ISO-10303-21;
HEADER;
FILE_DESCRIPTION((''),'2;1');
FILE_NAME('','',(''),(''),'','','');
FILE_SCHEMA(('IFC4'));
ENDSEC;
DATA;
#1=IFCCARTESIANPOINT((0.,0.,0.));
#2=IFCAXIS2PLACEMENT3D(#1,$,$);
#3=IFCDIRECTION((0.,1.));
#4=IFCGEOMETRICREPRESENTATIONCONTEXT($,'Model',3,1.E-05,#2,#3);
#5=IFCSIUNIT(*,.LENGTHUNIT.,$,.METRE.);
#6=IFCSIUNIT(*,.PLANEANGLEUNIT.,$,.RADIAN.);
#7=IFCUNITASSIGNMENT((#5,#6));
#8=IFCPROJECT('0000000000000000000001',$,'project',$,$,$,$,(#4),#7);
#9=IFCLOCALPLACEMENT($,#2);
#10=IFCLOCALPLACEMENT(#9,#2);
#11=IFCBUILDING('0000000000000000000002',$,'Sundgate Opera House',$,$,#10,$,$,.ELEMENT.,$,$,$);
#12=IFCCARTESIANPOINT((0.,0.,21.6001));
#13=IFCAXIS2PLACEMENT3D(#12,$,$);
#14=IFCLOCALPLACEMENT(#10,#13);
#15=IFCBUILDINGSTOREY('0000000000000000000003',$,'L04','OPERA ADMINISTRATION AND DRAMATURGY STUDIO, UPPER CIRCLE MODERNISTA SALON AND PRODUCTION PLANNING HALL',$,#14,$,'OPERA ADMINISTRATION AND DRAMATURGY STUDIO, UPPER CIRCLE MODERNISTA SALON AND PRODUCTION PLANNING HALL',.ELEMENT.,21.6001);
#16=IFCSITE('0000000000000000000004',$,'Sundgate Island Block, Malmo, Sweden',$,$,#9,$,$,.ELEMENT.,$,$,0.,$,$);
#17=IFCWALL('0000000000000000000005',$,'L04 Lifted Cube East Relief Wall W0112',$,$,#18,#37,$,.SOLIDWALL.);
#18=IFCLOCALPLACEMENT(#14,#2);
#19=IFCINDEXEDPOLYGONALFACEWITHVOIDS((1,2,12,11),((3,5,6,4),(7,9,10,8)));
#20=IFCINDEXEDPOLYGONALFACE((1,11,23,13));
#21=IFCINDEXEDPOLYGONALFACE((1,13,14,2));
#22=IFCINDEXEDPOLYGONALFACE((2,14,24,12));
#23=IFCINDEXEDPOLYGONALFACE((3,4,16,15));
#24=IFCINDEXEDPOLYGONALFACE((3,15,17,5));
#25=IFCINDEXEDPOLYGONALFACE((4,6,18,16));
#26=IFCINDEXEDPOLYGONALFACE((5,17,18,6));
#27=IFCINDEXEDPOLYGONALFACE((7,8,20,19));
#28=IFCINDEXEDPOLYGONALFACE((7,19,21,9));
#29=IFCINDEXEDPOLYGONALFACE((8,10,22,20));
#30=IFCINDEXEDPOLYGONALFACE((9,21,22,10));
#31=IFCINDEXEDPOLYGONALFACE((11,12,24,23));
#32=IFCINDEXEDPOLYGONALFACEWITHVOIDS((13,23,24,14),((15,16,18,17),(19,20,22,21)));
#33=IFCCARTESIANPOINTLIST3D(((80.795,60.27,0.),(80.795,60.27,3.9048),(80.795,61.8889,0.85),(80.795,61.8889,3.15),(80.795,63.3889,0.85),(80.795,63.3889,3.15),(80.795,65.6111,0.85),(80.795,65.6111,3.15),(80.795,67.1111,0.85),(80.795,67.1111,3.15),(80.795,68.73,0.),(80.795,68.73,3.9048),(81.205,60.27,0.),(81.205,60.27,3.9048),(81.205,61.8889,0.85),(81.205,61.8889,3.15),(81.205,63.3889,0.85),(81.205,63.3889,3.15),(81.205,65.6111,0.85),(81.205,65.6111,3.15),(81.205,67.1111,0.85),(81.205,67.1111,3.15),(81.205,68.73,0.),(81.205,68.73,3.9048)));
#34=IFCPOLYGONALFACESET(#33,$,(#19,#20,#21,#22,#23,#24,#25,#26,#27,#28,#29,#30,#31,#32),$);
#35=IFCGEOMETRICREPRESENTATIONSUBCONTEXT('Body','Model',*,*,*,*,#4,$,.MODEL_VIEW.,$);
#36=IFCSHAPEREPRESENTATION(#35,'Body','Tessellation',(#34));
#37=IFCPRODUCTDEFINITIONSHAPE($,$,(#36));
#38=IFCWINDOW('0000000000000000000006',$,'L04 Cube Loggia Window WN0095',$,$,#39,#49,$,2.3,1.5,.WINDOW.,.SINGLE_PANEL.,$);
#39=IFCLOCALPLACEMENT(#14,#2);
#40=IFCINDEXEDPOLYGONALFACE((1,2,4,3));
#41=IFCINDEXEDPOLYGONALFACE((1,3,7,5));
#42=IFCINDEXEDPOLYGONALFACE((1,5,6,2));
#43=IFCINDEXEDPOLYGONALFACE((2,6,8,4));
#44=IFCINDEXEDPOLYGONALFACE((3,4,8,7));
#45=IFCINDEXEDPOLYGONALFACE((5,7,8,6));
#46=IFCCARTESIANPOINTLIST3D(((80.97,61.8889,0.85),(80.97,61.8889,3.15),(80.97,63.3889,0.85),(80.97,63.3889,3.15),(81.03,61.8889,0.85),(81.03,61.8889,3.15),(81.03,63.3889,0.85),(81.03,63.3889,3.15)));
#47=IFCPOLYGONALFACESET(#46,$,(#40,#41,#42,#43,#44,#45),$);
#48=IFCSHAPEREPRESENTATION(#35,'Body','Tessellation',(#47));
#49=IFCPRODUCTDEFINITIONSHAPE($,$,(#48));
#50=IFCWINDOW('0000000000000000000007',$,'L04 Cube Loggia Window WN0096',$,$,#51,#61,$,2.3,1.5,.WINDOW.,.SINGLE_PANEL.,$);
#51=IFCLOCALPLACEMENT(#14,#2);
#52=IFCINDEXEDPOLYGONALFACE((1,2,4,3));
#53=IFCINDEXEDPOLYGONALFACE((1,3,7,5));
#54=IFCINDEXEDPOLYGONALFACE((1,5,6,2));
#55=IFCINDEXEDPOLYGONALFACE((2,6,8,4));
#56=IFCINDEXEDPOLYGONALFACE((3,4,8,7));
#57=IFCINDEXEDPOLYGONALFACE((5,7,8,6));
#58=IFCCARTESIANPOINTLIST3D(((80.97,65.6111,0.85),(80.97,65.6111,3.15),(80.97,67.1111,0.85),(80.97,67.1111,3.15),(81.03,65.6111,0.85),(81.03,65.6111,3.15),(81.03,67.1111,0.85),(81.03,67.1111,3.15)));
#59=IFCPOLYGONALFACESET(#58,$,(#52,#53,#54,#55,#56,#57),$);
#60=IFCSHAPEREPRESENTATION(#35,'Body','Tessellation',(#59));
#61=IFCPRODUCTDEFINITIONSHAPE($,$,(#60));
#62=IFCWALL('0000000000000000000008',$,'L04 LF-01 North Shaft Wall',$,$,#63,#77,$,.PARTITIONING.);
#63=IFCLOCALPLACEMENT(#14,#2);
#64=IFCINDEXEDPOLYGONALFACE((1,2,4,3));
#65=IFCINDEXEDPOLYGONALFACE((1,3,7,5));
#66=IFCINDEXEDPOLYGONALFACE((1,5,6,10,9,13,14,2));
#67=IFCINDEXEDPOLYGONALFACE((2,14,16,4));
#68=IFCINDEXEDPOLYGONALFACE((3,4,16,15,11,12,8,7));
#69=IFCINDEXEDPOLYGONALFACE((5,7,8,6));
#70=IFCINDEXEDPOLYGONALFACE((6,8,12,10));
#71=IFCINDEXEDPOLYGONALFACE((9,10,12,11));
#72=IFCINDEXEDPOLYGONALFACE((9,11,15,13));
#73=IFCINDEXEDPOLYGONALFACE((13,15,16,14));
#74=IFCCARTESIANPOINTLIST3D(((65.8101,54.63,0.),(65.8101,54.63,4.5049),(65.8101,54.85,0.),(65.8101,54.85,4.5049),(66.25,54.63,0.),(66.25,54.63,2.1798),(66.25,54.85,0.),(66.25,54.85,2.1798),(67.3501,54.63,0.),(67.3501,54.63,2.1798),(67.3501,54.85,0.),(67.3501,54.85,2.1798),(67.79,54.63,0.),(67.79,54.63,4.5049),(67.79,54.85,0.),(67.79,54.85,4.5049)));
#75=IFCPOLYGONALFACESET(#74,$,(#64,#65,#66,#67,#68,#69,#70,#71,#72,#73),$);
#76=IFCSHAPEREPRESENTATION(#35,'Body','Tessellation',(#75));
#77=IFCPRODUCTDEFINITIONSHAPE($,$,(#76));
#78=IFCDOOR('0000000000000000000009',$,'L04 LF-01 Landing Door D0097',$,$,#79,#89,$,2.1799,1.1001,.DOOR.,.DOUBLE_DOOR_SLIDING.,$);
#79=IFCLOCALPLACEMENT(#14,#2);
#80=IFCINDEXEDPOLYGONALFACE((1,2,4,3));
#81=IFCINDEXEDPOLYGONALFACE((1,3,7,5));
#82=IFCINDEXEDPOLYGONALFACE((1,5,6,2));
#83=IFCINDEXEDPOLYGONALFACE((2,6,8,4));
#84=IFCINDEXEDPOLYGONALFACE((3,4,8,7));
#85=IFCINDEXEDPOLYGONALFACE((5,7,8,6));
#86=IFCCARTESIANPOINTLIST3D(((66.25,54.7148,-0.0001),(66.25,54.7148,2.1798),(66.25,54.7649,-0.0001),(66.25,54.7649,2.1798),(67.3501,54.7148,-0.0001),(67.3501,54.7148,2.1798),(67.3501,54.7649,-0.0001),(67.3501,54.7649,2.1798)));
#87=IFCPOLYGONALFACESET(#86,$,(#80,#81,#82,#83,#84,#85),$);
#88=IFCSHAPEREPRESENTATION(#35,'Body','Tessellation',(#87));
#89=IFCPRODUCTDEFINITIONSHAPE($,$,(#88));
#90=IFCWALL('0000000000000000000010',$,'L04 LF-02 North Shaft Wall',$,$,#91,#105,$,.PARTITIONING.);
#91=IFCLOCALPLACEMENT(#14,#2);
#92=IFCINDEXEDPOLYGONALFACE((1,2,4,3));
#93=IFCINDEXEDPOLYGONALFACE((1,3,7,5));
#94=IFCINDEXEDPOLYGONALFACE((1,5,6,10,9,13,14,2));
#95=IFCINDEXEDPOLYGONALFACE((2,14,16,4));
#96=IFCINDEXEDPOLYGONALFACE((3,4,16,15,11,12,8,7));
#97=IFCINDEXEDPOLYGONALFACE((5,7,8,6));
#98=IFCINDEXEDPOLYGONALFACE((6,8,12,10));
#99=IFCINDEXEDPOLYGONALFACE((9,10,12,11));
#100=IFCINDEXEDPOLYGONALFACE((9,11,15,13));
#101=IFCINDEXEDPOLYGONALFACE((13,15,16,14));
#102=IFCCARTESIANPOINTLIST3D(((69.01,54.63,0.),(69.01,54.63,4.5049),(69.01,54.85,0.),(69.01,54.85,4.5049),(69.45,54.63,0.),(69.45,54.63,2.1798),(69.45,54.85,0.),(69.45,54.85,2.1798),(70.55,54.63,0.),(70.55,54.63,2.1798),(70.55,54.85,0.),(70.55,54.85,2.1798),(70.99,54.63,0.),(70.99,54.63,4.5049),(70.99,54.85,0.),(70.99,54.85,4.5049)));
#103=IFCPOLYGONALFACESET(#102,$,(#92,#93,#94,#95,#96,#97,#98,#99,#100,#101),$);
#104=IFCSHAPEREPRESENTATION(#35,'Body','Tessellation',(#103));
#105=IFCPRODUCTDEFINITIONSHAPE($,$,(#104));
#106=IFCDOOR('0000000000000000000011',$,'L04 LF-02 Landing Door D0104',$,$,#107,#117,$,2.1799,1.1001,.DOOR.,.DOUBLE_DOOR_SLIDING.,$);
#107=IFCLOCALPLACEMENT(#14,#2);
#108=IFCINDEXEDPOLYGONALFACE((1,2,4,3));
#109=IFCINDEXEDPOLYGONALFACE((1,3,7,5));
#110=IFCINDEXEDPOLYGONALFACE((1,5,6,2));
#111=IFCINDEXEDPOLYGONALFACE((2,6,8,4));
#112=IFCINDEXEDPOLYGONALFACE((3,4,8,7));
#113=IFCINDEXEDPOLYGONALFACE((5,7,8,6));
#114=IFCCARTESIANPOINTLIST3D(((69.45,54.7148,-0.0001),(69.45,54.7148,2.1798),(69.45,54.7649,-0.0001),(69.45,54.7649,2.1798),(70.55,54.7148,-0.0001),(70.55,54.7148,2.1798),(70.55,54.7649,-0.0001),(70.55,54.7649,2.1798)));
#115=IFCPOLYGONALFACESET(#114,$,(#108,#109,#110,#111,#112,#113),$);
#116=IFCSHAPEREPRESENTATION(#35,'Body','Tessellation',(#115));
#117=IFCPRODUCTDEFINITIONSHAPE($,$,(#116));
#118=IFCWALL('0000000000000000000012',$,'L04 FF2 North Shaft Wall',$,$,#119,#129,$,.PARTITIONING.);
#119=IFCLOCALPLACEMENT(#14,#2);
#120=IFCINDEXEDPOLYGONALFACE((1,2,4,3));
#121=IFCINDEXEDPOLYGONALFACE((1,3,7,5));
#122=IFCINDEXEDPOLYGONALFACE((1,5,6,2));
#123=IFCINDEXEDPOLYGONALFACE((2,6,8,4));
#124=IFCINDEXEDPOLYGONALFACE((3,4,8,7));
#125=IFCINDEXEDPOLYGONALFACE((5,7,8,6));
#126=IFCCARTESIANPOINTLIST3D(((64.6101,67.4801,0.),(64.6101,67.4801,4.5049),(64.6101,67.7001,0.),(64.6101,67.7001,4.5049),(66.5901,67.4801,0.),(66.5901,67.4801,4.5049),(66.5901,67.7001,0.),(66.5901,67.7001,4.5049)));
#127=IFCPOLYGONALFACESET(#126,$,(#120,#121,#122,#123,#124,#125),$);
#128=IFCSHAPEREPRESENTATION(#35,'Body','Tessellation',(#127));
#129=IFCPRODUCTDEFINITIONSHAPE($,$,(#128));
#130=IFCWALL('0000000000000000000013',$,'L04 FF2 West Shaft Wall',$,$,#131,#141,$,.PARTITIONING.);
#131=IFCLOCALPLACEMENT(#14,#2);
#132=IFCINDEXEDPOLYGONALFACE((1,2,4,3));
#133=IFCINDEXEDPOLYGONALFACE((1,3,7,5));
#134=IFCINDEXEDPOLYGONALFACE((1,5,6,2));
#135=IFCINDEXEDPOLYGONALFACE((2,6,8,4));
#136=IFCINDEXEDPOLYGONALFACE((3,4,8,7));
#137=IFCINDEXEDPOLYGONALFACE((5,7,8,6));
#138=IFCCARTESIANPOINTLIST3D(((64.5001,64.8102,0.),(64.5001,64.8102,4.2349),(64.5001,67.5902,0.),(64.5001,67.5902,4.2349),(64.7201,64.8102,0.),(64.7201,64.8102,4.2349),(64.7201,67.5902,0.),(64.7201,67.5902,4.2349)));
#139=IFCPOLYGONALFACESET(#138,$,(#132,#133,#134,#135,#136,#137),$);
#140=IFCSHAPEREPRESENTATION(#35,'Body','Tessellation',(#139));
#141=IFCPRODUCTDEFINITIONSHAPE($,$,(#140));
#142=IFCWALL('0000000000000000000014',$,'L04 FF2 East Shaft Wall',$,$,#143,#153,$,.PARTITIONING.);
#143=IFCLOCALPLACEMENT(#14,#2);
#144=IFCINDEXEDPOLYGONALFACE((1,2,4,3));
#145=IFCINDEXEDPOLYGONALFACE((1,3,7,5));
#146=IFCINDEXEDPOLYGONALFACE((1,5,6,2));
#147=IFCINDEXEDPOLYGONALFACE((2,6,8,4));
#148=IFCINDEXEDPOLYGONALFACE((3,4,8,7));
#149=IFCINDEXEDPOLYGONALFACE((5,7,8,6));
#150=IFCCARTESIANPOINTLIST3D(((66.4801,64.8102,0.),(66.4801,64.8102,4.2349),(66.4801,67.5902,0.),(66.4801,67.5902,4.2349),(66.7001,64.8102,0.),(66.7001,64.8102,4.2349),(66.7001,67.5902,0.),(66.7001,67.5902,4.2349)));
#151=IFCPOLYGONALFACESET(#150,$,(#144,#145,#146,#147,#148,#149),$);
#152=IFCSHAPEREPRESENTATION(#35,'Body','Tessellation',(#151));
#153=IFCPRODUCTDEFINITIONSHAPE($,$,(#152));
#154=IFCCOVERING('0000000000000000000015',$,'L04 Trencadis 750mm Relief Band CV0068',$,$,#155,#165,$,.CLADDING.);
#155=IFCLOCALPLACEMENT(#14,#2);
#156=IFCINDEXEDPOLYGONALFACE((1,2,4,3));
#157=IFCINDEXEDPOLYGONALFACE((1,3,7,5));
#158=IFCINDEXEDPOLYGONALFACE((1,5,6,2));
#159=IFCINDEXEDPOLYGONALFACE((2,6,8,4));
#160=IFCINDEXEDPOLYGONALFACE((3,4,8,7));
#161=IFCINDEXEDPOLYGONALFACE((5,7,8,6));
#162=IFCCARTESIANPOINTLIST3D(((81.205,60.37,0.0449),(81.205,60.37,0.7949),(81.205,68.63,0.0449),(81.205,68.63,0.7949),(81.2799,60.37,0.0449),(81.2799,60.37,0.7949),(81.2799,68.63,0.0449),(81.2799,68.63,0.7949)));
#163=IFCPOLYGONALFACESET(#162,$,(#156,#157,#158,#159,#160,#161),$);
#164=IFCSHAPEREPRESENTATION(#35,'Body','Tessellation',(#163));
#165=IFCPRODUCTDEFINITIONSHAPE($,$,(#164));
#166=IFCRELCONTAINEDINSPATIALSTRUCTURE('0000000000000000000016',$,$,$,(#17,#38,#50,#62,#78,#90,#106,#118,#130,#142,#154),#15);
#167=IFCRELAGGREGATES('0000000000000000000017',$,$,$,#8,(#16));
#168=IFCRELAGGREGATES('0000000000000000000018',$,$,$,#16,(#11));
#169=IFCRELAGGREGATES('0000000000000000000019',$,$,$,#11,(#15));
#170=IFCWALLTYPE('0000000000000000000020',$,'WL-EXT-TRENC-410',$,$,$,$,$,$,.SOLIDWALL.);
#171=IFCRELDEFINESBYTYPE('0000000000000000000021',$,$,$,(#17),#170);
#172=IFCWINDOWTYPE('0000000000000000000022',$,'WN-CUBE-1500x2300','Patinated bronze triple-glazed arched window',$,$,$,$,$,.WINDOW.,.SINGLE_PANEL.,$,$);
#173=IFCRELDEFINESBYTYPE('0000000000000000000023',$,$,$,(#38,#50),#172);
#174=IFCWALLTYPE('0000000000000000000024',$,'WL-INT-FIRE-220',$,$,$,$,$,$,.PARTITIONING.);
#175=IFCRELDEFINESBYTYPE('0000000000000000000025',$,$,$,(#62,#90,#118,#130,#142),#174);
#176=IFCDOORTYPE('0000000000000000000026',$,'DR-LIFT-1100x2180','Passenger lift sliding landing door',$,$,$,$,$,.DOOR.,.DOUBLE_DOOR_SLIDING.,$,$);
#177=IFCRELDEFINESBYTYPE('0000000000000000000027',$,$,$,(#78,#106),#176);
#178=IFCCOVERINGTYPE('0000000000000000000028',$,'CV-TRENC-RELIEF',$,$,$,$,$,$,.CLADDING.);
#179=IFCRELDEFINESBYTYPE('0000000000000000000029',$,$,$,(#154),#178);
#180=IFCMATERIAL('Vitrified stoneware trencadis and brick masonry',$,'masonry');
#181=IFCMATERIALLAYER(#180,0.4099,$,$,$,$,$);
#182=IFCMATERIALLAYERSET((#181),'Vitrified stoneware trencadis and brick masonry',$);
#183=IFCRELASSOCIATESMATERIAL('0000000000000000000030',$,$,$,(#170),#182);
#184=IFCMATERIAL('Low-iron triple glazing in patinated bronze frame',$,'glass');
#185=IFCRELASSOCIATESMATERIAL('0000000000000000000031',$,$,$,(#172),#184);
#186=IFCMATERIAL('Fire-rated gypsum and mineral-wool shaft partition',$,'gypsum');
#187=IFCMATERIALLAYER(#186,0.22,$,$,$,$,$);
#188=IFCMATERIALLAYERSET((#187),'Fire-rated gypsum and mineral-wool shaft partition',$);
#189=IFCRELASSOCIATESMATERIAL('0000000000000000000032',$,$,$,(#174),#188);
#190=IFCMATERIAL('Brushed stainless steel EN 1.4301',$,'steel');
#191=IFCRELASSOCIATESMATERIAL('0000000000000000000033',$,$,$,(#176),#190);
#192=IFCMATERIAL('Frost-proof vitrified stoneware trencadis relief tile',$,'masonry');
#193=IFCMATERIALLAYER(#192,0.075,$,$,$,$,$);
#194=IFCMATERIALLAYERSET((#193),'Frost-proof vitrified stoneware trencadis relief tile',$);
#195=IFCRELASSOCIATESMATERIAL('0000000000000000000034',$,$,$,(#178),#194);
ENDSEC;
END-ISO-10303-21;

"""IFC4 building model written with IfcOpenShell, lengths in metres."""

from ifc_helpers import new_model, si_unit, direction, frame, frame_2d, origin, origin_2d, place, context, subcontext, project, spatial, rectangle, extrude, material, layer, layer_set, type_object, element, fill, save


model = new_model("IFC4")

# Units and contexts
model_context = context("Model", 3, precision=1e-05, world=origin(), true_north=direction((0.0, 1.0)))
body_context = subcontext(model_context, "Body", "Model", "MODEL_VIEW")
ifc_project = project(units=[si_unit("LENGTHUNIT", "METRE"), si_unit("PLANEANGLEUNIT", "RADIAN")], contexts=[model_context])

# Site, building, storey
site_placement = place(None, origin())
site = spatial("IfcSite", under=ifc_project, at=site_placement, Name="Sundgate Island Block, Malmo, Sweden", CompositionType="ELEMENT", RefElevation=0.0)
building_placement = place(site_placement, origin())
building = spatial("IfcBuilding", under=site, at=building_placement, Name="Sundgate Opera House", CompositionType="ELEMENT")
storey_placement = place(building_placement, frame((0.0, 0.0, 21.6001)))
storey = spatial("IfcBuildingStorey", under=building, at=storey_placement, Name="L04", Description="OPERA ADMINISTRATION AND DRAMATURGY STUDIO, UPPER CIRCLE MODERNISTA SALON AND PRODUCTION PLANNING HALL", LongName="OPERA ADMINISTRATION AND DRAMATURGY STUDIO, UPPER CIRCLE MODERNISTA SALON AND PRODUCTION PLANNING HALL", CompositionType="ELEMENT", Elevation=21.6001)

# Wall, openings, windows
ifc_material_1 = material(Name="Vitrified stoneware trencadis and brick masonry", Category="masonry")
ifc_layer_1 = layer(ifc_material_1, 0.4099)
ifc_layer_set_1 = layer_set([ifc_layer_1], Name="Vitrified stoneware trencadis and brick masonry")
wall_type_1 = type_object("IfcWallType", Name="WL-EXT-TRENC-410", PredefinedType="SOLIDWALL", material=ifc_layer_set_1)
wall_1_placement = place(storey_placement, frame((81.0, 60.27, 0.0), z_axis=(0.0, 0.0, 1.0), x_axis=(0.0, 1.0, 0.0)))
wall_1 = element("IfcWall", 1, at=wall_1_placement, inside=storey, type_object=wall_type_1, Name="L04 Lifted Cube East Relief Wall W0112", PredefinedType="SOLIDWALL", context=body_context, shape_type="SweptSolid", body=[
    extrude(rectangle(XDim=8.46, YDim=0.4099, at=frame_2d((4.23, 0.0))), origin(), (0.0, 0.0, 1.0), 3.9048),
])
opening_1_placement = place(wall_1_placement, frame((1.6189, 0.0, 0.8501)))
opening_1 = element("IfcOpeningElement", 2, at=opening_1_placement, cuts=wall_1, PredefinedType="OPENING", context=body_context, shape_type="SweptSolid", body=[
    extrude(rectangle(XDim=1.5, YDim=2.3, at=frame_2d((0.75, 1.1499))), frame((0.0, 0.2148, 0.0), z_axis=(0.0, -1.0, 0.0), x_axis=(1.0, 0.0, 0.0)), (0.0, 0.0, 1.0), 0.4299),
])
opening_2_placement = place(wall_1_placement, frame((5.3411, 0.0, 0.8501)))
opening_2 = element("IfcOpeningElement", 3, at=opening_2_placement, cuts=wall_1, PredefinedType="OPENING", context=body_context, shape_type="SweptSolid", body=[
    extrude(rectangle(XDim=1.5, YDim=2.3, at=frame_2d((0.75, 1.1499))), frame((0.0, 0.2148, 0.0), z_axis=(0.0, -1.0, 0.0), x_axis=(1.0, 0.0, 0.0)), (0.0, 0.0, 1.0), 0.4299),
])
ifc_material_2 = material(Name="Low-iron triple glazing in patinated bronze frame", Category="glass")
window_type = type_object("IfcWindowType", Name="WN-CUBE-1500x2300", Description="Patinated bronze triple-glazed arched window", PartitioningType="SINGLE_PANEL", PredefinedType="WINDOW", material=ifc_material_2)
window_1_placement = place(opening_1_placement, origin())
window_1 = element("IfcWindow", 4, at=window_1_placement, inside=storey, type_object=window_type, Name="L04 Cube Loggia Window WN0095", OverallHeight=2.3, OverallWidth=1.5, PartitioningType="SINGLE_PANEL", PredefinedType="WINDOW", context=body_context, shape_type="SweptSolid", body=[
    extrude(rectangle(XDim=1.5, YDim=2.3, at=frame_2d((0.75, 1.1499))), frame((0.0, 0.03, 0.0), z_axis=(0.0, -1.0, 0.0), x_axis=(1.0, 0.0, 0.0)), (0.0, 0.0, 1.0), 0.0601),
])
fill(opening_1, window_1)
window_2_placement = place(opening_2_placement, origin())
window_2 = element("IfcWindow", 5, at=window_2_placement, inside=storey, type_object=window_type, Name="L04 Cube Loggia Window WN0096", OverallHeight=2.3, OverallWidth=1.5, PartitioningType="SINGLE_PANEL", PredefinedType="WINDOW", context=body_context, shape_type="SweptSolid", body=[
    extrude(rectangle(XDim=1.5, YDim=2.3, at=frame_2d((0.75, 1.1499))), frame((0.0, 0.03, 0.0), z_axis=(0.0, -1.0, 0.0), x_axis=(1.0, 0.0, 0.0)), (0.0, 0.0, 1.0), 0.0601),
])
fill(opening_2, window_2)

# Walls, openings, doors
ifc_material_3 = material(Name="Fire-rated gypsum and mineral-wool shaft partition", Category="gypsum")
ifc_layer_2 = layer(ifc_material_3, 0.22)
ifc_layer_set_2 = layer_set([ifc_layer_2], Name="Fire-rated gypsum and mineral-wool shaft partition")
wall_type_2 = type_object("IfcWallType", Name="WL-INT-FIRE-220", PredefinedType="PARTITIONING", material=ifc_layer_set_2)
wall_2_placement = place(storey_placement, frame((65.8101, 54.74, 0.0), z_axis=(0.0, 0.0, 1.0), x_axis=(1.0, 0.0, 0.0)))
wall_2 = element("IfcWall", 6, at=wall_2_placement, inside=storey, type_object=wall_type_2, Name="L04 LF-01 North Shaft Wall", PredefinedType="PARTITIONING", context=body_context, shape_type="SweptSolid", body=[
    extrude(rectangle(XDim=1.98, YDim=0.22, at=frame_2d((0.99, 0.0))), origin(), (0.0, 0.0, 1.0), 4.5049),
])
opening_3_placement = place(wall_2_placement, frame((0.4399, 0.0, 0.0)))
opening_3 = element("IfcOpeningElement", 7, at=opening_3_placement, cuts=wall_2, PredefinedType="OPENING", context=body_context, shape_type="SweptSolid", body=[
    extrude(rectangle(XDim=1.1001, YDim=2.1799, at=frame_2d((0.55, 1.0898))), frame((0.0, 0.1199, 0.0), z_axis=(0.0, -1.0, 0.0), x_axis=(1.0, 0.0, 0.0)), (0.0, 0.0, 1.0), 0.24),
])
ifc_material_4 = material(Name="Brushed stainless steel EN 1.4301", Category="steel")
door_type = type_object("IfcDoorType", Name="DR-LIFT-1100x2180", Description="Passenger lift sliding landing door", OperationType="DOUBLE_DOOR_SLIDING", PredefinedType="DOOR", material=ifc_material_4)
door_1_placement = place(opening_3_placement, origin())
door_1 = element("IfcDoor", 8, at=door_1_placement, inside=storey, type_object=door_type, Name="L04 LF-01 Landing Door D0097", OperationType="DOUBLE_DOOR_SLIDING", OverallHeight=2.1799, OverallWidth=1.1001, PredefinedType="DOOR", context=body_context, shape_type="SweptSolid", body=[
    extrude(rectangle(XDim=1.1001, YDim=2.1799, at=frame_2d((0.55, 1.0898))), frame((0.0, 0.0249, 0.0), z_axis=(0.0, -1.0, 0.0), x_axis=(1.0, 0.0, 0.0)), (0.0, 0.0, 1.0), 0.05),
])
fill(opening_3, door_1)
wall_3_placement = place(storey_placement, frame((69.01, 54.74, 0.0), z_axis=(0.0, 0.0, 1.0), x_axis=(1.0, 0.0, 0.0)))
wall_3 = element("IfcWall", 9, at=wall_3_placement, inside=storey, type_object=wall_type_2, Name="L04 LF-02 North Shaft Wall", PredefinedType="PARTITIONING", context=body_context, shape_type="SweptSolid", body=[
    extrude(rectangle(XDim=1.98, YDim=0.22, at=frame_2d((0.99, 0.0))), origin(), (0.0, 0.0, 1.0), 4.5049),
])
opening_4_placement = place(wall_3_placement, frame((0.4399, 0.0, 0.0)))
opening_4 = element("IfcOpeningElement", 10, at=opening_4_placement, cuts=wall_3, PredefinedType="OPENING", context=body_context, shape_type="SweptSolid", body=[
    extrude(rectangle(XDim=1.1001, YDim=2.1799, at=frame_2d((0.55, 1.0898))), frame((0.0, 0.1199, 0.0), z_axis=(0.0, -1.0, 0.0), x_axis=(1.0, 0.0, 0.0)), (0.0, 0.0, 1.0), 0.24),
])
door_2_placement = place(opening_4_placement, origin())
door_2 = element("IfcDoor", 11, at=door_2_placement, inside=storey, type_object=door_type, Name="L04 LF-02 Landing Door D0104", OperationType="DOUBLE_DOOR_SLIDING", OverallHeight=2.1799, OverallWidth=1.1001, PredefinedType="DOOR", context=body_context, shape_type="SweptSolid", body=[
    extrude(rectangle(XDim=1.1001, YDim=2.1799, at=frame_2d((0.55, 1.0898))), frame((0.0, 0.0249, 0.0), z_axis=(0.0, -1.0, 0.0), x_axis=(1.0, 0.0, 0.0)), (0.0, 0.0, 1.0), 0.05),
])
fill(opening_4, door_2)

# Walls
wall_4_placement = place(storey_placement, frame((64.6101, 67.5901, 0.0), z_axis=(0.0, 0.0, 1.0), x_axis=(1.0, 0.0, 0.0)))
element("IfcWall", 12, at=wall_4_placement, inside=storey, type_object=wall_type_2, Name="L04 FF2 North Shaft Wall", PredefinedType="PARTITIONING", context=body_context, shape_type="SweptSolid", body=[
    extrude(rectangle(XDim=1.98, YDim=0.22, at=frame_2d((0.99, 0.0))), origin(), (0.0, 0.0, 1.0), 4.5049),
])
for number, where, z_axis, x_axis, name in (
    (13, (64.6101, 64.8101, 0.0), (0.0, 0.0, 1.0), (0.0, 1.0, 0.0), "L04 FF2 West Shaft Wall"),
    (14, (66.5901, 64.8101, 0.0), (0.0, 0.0, 1.0), (0.0, 1.0, 0.0), "L04 FF2 East Shaft Wall"),
):
    element("IfcWall", number, at=place(storey_placement, frame(where, z_axis=z_axis, x_axis=x_axis)), inside=storey, type_object=wall_type_2, Name=name, PredefinedType="PARTITIONING", context=body_context, shape_type="SweptSolid", body=[
        extrude(rectangle(XDim=2.78, YDim=0.22, at=frame_2d((1.3901, 0.0))), origin(), (0.0, 0.0, 1.0), 4.2349),
    ])

# Covering
ifc_material_5 = material(Name="Frost-proof vitrified stoneware trencadis relief tile", Category="masonry")
ifc_layer_3 = layer(ifc_material_5, 0.075)
ifc_layer_set_3 = layer_set([ifc_layer_3], Name="Frost-proof vitrified stoneware trencadis relief tile")
covering_type_1 = type_object("IfcCoveringType", Name="CV-TRENC-RELIEF", PredefinedType="CLADDING", material=ifc_layer_set_3)
covering_1_placement = place(storey_placement, frame((81.2424, 64.5, 0.0449), z_axis=(0.0, 0.0, 1.0), x_axis=(0.0, 1.0, 0.0)))
element("IfcCovering", 15, at=covering_1_placement, inside=storey, type_object=covering_type_1, Name="L04 Trencadis 750mm Relief Band CV0068", PredefinedType="CLADDING", context=body_context, shape_type="SweptSolid", body=[
    extrude(rectangle(XDim=8.26, YDim=0.075, at=origin_2d()), origin(), (0.0, 0.0, 1.0), 0.75),
])

save(model, "model.ifc")
